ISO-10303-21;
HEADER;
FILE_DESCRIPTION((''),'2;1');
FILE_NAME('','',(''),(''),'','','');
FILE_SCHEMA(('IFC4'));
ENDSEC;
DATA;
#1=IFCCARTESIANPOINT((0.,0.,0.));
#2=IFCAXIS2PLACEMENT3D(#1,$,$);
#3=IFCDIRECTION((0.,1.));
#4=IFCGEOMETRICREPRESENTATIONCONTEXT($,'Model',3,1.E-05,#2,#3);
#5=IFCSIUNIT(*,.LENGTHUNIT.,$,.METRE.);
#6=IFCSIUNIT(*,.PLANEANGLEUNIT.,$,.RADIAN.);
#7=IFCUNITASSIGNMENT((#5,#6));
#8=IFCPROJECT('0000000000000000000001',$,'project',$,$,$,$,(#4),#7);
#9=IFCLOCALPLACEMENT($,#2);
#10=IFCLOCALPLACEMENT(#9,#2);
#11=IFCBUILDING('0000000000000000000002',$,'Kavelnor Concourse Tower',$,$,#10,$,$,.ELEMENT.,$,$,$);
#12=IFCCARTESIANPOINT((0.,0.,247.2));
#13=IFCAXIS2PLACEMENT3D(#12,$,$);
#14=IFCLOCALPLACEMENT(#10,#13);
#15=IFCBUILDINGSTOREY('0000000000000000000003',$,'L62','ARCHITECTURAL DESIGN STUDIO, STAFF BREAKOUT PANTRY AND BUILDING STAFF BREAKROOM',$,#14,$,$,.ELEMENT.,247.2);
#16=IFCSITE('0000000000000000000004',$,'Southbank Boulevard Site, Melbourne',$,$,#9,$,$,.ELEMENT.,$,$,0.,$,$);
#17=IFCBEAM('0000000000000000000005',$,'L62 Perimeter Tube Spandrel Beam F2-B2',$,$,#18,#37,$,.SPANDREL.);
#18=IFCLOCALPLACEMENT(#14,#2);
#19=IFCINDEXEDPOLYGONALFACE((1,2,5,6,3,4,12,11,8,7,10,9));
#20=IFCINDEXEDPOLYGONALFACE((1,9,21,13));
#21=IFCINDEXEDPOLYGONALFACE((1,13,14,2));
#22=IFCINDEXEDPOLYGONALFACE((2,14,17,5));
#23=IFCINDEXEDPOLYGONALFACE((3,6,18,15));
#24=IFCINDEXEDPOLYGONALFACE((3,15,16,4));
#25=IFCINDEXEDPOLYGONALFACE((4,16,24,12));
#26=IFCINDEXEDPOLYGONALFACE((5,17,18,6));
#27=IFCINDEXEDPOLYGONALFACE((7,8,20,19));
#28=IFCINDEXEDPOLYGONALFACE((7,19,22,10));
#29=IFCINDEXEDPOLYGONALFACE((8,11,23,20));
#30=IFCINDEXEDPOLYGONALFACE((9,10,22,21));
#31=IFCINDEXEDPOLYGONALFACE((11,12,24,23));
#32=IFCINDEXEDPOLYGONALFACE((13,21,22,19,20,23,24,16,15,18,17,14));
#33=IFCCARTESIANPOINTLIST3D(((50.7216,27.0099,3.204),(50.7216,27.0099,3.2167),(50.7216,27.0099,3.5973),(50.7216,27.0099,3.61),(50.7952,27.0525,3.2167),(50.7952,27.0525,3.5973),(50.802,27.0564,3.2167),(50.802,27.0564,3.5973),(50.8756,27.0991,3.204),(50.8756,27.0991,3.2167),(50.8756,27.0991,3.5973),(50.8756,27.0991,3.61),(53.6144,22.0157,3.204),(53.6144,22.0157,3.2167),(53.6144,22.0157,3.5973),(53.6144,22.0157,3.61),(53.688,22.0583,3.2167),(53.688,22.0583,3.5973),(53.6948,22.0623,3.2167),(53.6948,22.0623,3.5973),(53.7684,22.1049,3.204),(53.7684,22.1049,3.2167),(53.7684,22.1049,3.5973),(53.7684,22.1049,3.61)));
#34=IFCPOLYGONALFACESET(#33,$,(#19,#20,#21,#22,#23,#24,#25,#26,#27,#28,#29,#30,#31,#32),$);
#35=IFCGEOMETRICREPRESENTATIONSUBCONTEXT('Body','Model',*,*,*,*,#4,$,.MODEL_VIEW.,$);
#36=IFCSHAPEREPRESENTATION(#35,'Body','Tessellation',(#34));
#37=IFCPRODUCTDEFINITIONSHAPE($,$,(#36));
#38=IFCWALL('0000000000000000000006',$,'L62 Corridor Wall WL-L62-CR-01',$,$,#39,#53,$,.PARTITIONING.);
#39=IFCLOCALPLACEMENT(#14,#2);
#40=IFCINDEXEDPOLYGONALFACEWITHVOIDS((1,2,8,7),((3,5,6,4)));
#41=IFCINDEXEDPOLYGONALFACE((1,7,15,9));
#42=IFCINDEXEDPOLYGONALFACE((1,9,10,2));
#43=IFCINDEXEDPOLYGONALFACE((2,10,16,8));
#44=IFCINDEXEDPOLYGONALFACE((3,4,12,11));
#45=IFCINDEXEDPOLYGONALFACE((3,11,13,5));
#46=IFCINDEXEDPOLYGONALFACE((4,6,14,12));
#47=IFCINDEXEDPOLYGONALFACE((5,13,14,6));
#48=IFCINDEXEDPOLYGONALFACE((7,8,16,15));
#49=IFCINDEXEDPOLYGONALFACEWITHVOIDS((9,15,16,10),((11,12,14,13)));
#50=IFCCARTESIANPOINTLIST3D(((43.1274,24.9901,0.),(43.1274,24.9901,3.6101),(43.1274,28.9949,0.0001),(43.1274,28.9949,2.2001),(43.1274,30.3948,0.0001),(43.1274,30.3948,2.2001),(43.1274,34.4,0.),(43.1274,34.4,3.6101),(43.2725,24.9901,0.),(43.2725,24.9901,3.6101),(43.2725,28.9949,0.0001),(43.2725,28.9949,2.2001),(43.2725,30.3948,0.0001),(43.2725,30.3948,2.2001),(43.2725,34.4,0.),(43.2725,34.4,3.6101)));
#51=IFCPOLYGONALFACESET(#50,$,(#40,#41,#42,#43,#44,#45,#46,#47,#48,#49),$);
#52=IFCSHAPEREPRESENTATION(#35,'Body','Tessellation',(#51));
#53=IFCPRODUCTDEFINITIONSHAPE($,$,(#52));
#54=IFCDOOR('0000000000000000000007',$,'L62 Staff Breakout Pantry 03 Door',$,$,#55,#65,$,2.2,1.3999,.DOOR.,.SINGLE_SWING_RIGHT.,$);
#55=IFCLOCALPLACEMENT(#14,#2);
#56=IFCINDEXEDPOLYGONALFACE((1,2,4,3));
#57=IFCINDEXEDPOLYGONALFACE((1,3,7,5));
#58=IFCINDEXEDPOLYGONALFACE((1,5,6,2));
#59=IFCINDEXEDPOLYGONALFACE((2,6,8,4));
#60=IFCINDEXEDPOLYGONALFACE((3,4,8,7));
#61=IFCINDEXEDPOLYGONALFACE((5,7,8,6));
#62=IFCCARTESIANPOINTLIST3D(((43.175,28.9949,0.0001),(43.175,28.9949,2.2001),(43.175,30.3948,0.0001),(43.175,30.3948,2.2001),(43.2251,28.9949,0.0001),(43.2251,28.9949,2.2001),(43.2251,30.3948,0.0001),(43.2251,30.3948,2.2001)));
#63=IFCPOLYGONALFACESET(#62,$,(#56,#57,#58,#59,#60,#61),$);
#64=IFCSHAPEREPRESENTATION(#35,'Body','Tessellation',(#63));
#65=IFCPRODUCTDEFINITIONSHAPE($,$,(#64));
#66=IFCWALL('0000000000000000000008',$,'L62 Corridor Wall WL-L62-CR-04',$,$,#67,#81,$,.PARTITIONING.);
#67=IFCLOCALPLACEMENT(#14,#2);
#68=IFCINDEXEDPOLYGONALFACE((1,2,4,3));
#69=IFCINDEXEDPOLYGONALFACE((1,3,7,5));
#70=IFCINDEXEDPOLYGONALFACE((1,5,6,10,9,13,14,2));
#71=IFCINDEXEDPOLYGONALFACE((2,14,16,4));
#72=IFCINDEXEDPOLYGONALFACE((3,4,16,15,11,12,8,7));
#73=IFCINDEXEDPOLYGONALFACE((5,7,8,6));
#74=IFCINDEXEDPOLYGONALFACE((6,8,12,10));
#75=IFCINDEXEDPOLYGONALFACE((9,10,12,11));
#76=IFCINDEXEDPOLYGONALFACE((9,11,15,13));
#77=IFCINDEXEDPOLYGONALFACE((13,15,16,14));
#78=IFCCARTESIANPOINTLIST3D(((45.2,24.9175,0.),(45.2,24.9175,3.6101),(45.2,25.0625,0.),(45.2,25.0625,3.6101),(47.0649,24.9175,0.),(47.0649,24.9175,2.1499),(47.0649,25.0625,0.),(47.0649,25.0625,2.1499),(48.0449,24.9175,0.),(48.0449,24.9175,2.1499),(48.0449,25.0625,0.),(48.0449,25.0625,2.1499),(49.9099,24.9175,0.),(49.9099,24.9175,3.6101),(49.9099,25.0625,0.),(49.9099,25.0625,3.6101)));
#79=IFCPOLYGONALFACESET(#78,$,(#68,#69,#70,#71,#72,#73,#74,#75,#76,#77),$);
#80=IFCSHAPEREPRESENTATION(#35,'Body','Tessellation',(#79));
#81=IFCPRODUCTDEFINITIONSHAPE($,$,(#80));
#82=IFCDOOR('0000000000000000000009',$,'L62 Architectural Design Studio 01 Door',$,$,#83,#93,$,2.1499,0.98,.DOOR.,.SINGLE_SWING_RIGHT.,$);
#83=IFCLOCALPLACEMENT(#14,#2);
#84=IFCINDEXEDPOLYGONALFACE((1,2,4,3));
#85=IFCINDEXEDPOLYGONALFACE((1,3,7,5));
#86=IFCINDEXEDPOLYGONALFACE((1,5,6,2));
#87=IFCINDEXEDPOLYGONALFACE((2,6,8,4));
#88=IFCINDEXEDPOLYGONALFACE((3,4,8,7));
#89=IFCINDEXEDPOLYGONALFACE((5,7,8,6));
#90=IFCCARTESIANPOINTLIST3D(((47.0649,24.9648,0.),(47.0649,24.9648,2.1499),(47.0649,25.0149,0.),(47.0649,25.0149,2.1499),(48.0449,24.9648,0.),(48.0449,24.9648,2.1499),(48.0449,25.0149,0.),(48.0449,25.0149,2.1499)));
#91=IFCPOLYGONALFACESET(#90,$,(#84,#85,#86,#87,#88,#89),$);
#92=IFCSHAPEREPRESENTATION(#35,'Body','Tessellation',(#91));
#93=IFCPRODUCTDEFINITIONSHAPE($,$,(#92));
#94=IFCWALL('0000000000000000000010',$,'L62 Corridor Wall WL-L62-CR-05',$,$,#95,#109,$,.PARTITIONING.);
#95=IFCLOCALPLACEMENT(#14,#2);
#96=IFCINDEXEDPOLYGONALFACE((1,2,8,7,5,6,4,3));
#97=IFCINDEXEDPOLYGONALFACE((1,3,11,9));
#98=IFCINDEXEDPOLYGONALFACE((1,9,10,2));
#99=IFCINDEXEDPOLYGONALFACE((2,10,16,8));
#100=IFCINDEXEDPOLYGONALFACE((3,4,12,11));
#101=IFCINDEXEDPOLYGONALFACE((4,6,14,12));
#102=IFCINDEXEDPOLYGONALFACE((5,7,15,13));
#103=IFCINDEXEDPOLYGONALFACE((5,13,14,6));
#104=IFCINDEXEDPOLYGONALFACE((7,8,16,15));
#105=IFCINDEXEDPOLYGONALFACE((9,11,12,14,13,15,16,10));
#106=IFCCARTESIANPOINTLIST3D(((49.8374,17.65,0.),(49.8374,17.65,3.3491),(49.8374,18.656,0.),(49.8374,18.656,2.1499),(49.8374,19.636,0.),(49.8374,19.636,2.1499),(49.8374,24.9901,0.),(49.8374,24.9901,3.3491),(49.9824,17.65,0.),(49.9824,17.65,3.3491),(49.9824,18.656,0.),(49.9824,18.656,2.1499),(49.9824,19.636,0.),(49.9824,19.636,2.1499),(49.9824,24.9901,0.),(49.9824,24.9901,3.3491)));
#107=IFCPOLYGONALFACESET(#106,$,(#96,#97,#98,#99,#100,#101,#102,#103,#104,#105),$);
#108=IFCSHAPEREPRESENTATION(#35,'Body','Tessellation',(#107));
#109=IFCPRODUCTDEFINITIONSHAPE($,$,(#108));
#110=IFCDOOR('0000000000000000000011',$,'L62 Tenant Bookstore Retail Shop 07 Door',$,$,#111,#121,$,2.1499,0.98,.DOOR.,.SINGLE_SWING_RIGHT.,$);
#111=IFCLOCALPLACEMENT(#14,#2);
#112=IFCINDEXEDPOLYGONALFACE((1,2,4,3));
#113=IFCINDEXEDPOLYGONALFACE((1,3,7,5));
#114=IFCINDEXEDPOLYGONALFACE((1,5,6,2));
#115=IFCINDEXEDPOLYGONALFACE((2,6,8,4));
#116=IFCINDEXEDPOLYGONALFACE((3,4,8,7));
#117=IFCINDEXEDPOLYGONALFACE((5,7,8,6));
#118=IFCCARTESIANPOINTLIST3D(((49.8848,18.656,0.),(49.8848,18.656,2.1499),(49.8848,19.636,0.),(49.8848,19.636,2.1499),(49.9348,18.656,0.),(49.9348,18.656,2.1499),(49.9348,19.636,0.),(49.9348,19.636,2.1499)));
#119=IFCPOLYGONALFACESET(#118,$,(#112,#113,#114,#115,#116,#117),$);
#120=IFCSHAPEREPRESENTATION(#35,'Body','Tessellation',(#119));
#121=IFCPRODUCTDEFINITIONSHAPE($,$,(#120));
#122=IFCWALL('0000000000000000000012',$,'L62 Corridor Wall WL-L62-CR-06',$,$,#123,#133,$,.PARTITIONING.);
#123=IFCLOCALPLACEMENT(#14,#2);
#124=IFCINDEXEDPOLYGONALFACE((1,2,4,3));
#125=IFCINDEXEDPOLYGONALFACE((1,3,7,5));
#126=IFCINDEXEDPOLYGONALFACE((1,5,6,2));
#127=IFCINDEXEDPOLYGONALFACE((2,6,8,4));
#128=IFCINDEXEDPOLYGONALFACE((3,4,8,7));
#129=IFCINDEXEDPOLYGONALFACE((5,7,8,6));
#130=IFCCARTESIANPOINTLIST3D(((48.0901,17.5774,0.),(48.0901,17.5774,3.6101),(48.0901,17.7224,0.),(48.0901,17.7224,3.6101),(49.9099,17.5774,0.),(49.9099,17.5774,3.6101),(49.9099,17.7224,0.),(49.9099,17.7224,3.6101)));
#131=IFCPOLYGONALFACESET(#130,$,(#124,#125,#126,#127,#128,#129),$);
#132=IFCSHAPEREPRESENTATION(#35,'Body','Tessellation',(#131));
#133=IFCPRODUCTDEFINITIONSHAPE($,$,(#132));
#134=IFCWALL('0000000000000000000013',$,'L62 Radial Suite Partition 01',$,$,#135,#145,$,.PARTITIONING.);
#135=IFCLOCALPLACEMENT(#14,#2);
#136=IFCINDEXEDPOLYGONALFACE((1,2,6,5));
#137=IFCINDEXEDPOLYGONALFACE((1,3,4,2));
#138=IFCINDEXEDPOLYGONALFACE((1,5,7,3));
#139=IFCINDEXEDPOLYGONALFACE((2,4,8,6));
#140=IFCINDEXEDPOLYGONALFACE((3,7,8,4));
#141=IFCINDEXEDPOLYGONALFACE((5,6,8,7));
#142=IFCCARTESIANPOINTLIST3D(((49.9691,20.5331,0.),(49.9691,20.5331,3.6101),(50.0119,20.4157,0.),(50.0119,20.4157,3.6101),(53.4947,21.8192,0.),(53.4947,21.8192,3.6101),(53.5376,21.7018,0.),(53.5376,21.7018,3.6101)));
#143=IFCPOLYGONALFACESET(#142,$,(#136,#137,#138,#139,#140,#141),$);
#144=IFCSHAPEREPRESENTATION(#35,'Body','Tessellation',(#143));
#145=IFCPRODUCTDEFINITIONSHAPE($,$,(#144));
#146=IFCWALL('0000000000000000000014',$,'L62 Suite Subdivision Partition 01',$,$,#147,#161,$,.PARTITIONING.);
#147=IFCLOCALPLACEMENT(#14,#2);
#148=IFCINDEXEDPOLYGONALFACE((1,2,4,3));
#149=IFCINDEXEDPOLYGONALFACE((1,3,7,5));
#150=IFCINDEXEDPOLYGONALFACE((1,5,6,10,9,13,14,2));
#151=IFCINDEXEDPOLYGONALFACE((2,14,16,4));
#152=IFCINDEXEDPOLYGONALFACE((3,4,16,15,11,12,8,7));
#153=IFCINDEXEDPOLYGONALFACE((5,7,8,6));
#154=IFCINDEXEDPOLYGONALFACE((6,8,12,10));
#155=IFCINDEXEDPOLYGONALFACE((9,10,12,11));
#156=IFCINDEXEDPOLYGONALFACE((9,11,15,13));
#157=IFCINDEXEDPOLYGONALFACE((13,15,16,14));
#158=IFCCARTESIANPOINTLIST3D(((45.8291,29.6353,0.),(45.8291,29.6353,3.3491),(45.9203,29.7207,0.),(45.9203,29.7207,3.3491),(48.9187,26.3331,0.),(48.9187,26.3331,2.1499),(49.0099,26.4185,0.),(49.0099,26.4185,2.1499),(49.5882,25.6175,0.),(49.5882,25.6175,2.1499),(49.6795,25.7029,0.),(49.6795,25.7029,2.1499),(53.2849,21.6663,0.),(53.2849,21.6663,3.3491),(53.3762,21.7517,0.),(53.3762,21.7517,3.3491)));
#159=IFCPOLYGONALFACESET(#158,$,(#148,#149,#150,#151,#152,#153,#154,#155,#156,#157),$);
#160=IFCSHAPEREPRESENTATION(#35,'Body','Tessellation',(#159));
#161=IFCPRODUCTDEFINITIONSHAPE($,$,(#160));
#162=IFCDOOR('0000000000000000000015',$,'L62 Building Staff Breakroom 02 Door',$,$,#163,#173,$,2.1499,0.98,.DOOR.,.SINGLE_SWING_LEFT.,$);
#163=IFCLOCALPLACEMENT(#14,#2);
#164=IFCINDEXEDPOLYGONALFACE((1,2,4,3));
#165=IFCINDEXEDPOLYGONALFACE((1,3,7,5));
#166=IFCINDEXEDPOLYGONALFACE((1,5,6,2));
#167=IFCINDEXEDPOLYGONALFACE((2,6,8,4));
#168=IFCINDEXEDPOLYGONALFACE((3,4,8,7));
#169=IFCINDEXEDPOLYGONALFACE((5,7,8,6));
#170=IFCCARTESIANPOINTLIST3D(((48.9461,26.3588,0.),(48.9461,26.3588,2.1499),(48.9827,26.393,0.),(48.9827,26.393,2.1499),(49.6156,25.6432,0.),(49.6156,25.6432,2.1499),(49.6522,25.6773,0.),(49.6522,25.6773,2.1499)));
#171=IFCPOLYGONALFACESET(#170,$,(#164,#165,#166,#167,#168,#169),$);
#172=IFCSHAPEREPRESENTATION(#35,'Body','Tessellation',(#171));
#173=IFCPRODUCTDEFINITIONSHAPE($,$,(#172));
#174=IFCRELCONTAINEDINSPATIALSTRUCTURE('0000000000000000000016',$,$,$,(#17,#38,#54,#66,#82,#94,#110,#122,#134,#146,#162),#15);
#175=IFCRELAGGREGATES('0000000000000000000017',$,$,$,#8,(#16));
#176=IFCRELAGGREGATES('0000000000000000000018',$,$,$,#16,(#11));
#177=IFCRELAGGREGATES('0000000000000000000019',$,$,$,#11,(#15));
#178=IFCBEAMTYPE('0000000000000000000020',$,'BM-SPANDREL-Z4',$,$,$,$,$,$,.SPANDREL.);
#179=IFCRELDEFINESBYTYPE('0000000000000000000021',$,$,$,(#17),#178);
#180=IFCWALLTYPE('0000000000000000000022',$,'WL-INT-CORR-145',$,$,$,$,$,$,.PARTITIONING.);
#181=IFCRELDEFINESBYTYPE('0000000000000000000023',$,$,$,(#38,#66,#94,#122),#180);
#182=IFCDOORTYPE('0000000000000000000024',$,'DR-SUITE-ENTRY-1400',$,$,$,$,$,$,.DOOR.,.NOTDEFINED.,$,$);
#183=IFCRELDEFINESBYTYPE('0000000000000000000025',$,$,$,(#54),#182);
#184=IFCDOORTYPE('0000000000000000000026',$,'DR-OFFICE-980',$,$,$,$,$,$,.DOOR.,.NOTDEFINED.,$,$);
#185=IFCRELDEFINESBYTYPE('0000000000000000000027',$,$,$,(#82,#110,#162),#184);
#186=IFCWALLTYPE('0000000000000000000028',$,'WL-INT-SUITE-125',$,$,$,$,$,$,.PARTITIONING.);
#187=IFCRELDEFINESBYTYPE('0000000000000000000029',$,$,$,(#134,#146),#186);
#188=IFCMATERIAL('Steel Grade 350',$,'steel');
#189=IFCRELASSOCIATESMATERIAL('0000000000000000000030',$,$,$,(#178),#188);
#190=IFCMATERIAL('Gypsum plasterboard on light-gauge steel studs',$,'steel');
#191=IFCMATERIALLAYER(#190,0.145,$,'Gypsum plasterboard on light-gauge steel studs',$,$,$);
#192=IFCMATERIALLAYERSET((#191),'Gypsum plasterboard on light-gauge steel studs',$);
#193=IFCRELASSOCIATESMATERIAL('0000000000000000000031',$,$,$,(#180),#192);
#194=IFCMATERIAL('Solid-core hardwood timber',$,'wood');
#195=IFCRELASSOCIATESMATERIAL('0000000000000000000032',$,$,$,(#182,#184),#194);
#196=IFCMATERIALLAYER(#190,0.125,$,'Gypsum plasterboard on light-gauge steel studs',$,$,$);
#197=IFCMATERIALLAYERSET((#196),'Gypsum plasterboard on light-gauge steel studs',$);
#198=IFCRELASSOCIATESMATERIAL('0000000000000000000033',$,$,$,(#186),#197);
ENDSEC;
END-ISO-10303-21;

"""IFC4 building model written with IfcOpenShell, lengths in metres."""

from ifc_helpers import new_model, si_unit, direction, frame, frame_2d, origin, origin_2d, place, context, subcontext, project, spatial, rectangle, i_section, extrude, material, layer, layer_set, material_profile, profile_set, type_object, element, fill, save


model = new_model("IFC4")

# Units and contexts
model_context = context("Model", 3, precision=1e-05, world=origin(), true_north=direction((0.0, 1.0)))
body_context = subcontext(model_context, "Body", "Model", "MODEL_VIEW")
ifc_project = project(units=[si_unit("LENGTHUNIT", "METRE"), si_unit("PLANEANGLEUNIT", "RADIAN")], contexts=[model_context])

# Site, building, storey
site_placement = place(None, origin())
site = spatial("IfcSite", under=ifc_project, at=site_placement, Name="Southbank Boulevard Site, Melbourne", CompositionType="ELEMENT", RefElevation=0.0)
building_placement = place(site_placement, origin())
building = spatial("IfcBuilding", under=site, at=building_placement, Name="Kavelnor Concourse Tower", CompositionType="ELEMENT")
storey_placement = place(building_placement, frame((0.0, 0.0, 247.2)))
storey = spatial("IfcBuildingStorey", under=building, at=storey_placement, Name="L62", Description="ARCHITECTURAL DESIGN STUDIO, STAFF BREAKOUT PANTRY AND BUILDING STAFF BREAKROOM", CompositionType="ELEMENT", Elevation=247.2)

# Shared definitions
ifc_material_1 = material(Name="Steel Grade 350", Category="steel")

# Beam
ifc_material_profile_1 = material_profile(ifc_material_1, i_section(OverallWidth=0.178, OverallDepth=0.406, WebThickness=0.0078, FlangeThickness=0.0127, at=origin_2d()), Name="410UB59")
ifc_profile_set_1 = profile_set([ifc_material_profile_1], Name="Steel Grade 350")
beam_type_1 = type_object("IfcBeamType", Name="BM-SPANDREL-Z4", PredefinedType="SPANDREL", material=ifc_profile_set_1)
beam_1_placement = place(storey_placement, frame((53.6914, 22.0603, 3.407), z_axis=(-0.501228, 0.865315, 0.0), x_axis=(-0.865315, -0.501228, 0.0)))
element("IfcBeam", 1, at=beam_1_placement, inside=storey, type_object=beam_type_1, Name="L62 Perimeter Tube Spandrel Beam F2-B2", PredefinedType="SPANDREL", context=body_context, shape_type="SweptSolid", body=[
    extrude(i_section(OverallWidth=0.178, OverallDepth=0.406, WebThickness=0.0078, FlangeThickness=0.0127, at=origin_2d()), origin(), (0.0, 0.0, 1.0), 5.7715),
])

# Walls, openings, doors
ifc_material_2 = material(Name="Gypsum plasterboard on light-gauge steel studs", Category="steel")
ifc_layer_1 = layer(ifc_material_2, 0.145, Name="Gypsum plasterboard on light-gauge steel studs")
ifc_layer_set_1 = layer_set([ifc_layer_1], Name="Gypsum plasterboard on light-gauge steel studs")
wall_type_1 = type_object("IfcWallType", Name="WL-INT-CORR-145", PredefinedType="PARTITIONING", material=ifc_layer_set_1)
wall_1_placement = place(storey_placement, frame((43.2, 24.99, 0.0), z_axis=(0.0, 0.0, 1.0), x_axis=(0.0, 1.0, 0.0)))
wall_1 = element("IfcWall", 2, at=wall_1_placement, inside=storey, type_object=wall_type_1, Name="L62 Corridor Wall WL-L62-CR-01", PredefinedType="PARTITIONING", context=body_context, shape_type="SweptSolid", body=[
    extrude(rectangle(XDim=9.4099, YDim=0.145, at=frame_2d((4.7051, 0.0))), origin(), (0.0, 0.0, 1.0), 3.6101),
])
opening_1_placement = place(wall_1_placement, frame((4.0049, 0.0, 0.0)))
opening_1 = element("IfcOpeningElement", 3, at=opening_1_placement, cuts=wall_1, PredefinedType="OPENING", context=body_context, shape_type="SweptSolid", body=[
    extrude(rectangle(XDim=1.3999, YDim=2.2, at=frame_2d((0.7, 1.1001))), frame((0.0, 0.0825, 0.0), z_axis=(0.0, -1.0, 0.0), x_axis=(1.0, 0.0, 0.0)), (0.0, 0.0, 1.0), 0.165),
])
ifc_material_3 = material(Name="Solid-core hardwood timber", Category="wood")
door_type_1 = type_object("IfcDoorType", Name="DR-SUITE-ENTRY-1400", OperationType="NOTDEFINED", PredefinedType="DOOR", material=ifc_material_3)
door_1_placement = place(opening_1_placement, origin())
door_1 = element("IfcDoor", 4, at=door_1_placement, inside=storey, type_object=door_type_1, Name="L62 Staff Breakout Pantry 03 Door", OperationType="SINGLE_SWING_RIGHT", OverallHeight=2.2, OverallWidth=1.3999, PredefinedType="DOOR", context=body_context, shape_type="SweptSolid", body=[
    extrude(rectangle(XDim=1.3999, YDim=2.2, at=frame_2d((0.7, 1.1001))), frame((0.0, 0.0249, 0.0), z_axis=(0.0, -1.0, 0.0), x_axis=(1.0, 0.0, 0.0)), (0.0, 0.0, 1.0), 0.05),
])
fill(opening_1, door_1)
wall_2_placement = place(storey_placement, frame((45.2, 24.99, 0.0), z_axis=(0.0, 0.0, 1.0), x_axis=(1.0, 0.0, 0.0)))
wall_2 = element("IfcWall", 5, at=wall_2_placement, inside=storey, type_object=wall_type_1, Name="L62 Corridor Wall WL-L62-CR-04", PredefinedType="PARTITIONING", context=body_context, shape_type="SweptSolid", body=[
    extrude(rectangle(XDim=4.71, YDim=0.145, at=frame_2d((2.355, 0.0))), origin(), (0.0, 0.0, 1.0), 3.6101),
])
opening_2_placement = place(wall_2_placement, frame((1.865, 0.0, 0.0)))
opening_2 = element("IfcOpeningElement", 6, at=opening_2_placement, cuts=wall_2, PredefinedType="OPENING", context=body_context, shape_type="SweptSolid", body=[
    extrude(rectangle(XDim=0.98, YDim=2.1499, at=frame_2d((0.49, 1.075))), frame((0.0, 0.0825, 0.0), z_axis=(0.0, -1.0, 0.0), x_axis=(1.0, 0.0, 0.0)), (0.0, 0.0, 1.0), 0.165),
])
door_type_2 = type_object("IfcDoorType", Name="DR-OFFICE-980", OperationType="NOTDEFINED", PredefinedType="DOOR", material=ifc_material_3)
door_2_placement = place(opening_2_placement, origin())
door_2 = element("IfcDoor", 7, at=door_2_placement, inside=storey, type_object=door_type_2, Name="L62 Architectural Design Studio 01 Door", OperationType="SINGLE_SWING_RIGHT", OverallHeight=2.1499, OverallWidth=0.98, PredefinedType="DOOR", context=body_context, shape_type="SweptSolid", body=[
    extrude(rectangle(XDim=0.98, YDim=2.1499, at=frame_2d((0.49, 1.075))), frame((0.0, 0.0249, 0.0), z_axis=(0.0, -1.0, 0.0), x_axis=(1.0, 0.0, 0.0)), (0.0, 0.0, 1.0), 0.05),
])
fill(opening_2, door_2)
wall_3_placement = place(storey_placement, frame((49.9099, 24.99, 0.0), z_axis=(0.0, 0.0, 1.0), x_axis=(0.0, -1.0, 0.0)))
wall_3 = element("IfcWall", 8, at=wall_3_placement, inside=storey, type_object=wall_type_1, Name="L62 Corridor Wall WL-L62-CR-05", PredefinedType="PARTITIONING", context=body_context, shape_type="SweptSolid", body=[
    extrude(rectangle(XDim=7.3401, YDim=0.145, at=frame_2d((3.6699, 0.0))), origin(), (0.0, 0.0, 1.0), 3.3491),
])
opening_3_placement = place(wall_3_placement, frame((5.354, 0.0, 0.0)))
opening_3 = element("IfcOpeningElement", 9, at=opening_3_placement, cuts=wall_3, PredefinedType="OPENING", context=body_context, shape_type="SweptSolid", body=[
    extrude(rectangle(XDim=0.98, YDim=2.1499, at=frame_2d((0.49, 1.075))), frame((0.0, 0.0825, 0.0), z_axis=(0.0, -1.0, 0.0), x_axis=(1.0, 0.0, 0.0)), (0.0, 0.0, 1.0), 0.165),
])
door_3_placement = place(opening_3_placement, origin())
door_3 = element("IfcDoor", 10, at=door_3_placement, inside=storey, type_object=door_type_2, Name="L62 Tenant Bookstore Retail Shop 07 Door", OperationType="SINGLE_SWING_RIGHT", OverallHeight=2.1499, OverallWidth=0.98, PredefinedType="DOOR", context=body_context, shape_type="SweptSolid", body=[
    extrude(rectangle(XDim=0.98, YDim=2.1499, at=frame_2d((0.49, 1.075))), frame((0.0, 0.0249, 0.0), z_axis=(0.0, -1.0, 0.0), x_axis=(1.0, 0.0, 0.0)), (0.0, 0.0, 1.0), 0.05),
])
fill(opening_3, door_3)

# Walls
wall_4_placement = place(storey_placement, frame((49.9099, 17.6499, 0.0), z_axis=(0.0, 0.0, 1.0), x_axis=(-1.0, 0.0, 0.0)))
element("IfcWall", 11, at=wall_4_placement, inside=storey, type_object=wall_type_1, Name="L62 Corridor Wall WL-L62-CR-06", PredefinedType="PARTITIONING", context=body_context, shape_type="SweptSolid", body=[
    extrude(rectangle(XDim=1.8198, YDim=0.145, at=frame_2d((0.9099, 0.0))), origin(), (0.0, 0.0, 1.0), 3.6101),
])
ifc_layer_2 = layer(ifc_material_2, 0.125, Name="Gypsum plasterboard on light-gauge steel studs")
ifc_layer_set_2 = layer_set([ifc_layer_2], Name="Gypsum plasterboard on light-gauge steel studs")
wall_type_2 = type_object("IfcWallType", Name="WL-INT-SUITE-125", PredefinedType="PARTITIONING", material=ifc_layer_set_2)
wall_5_placement = place(storey_placement, frame((49.9905, 20.4744, 0.0), z_axis=(0.0, 0.0, 1.0), x_axis=(0.939443, 0.342704, 0.0)))
element("IfcWall", 12, at=wall_5_placement, inside=storey, type_object=wall_type_2, Name="L62 Radial Suite Partition 01", PredefinedType="PARTITIONING", context=body_context, shape_type="SweptSolid", body=[
    extrude(rectangle(XDim=3.7529, YDim=0.125, at=frame_2d((1.8765, 0.0))), origin(), (0.0, 0.0, 1.0), 3.6101),
])

# Wall, opening, door
wall_6_placement = place(storey_placement, frame((53.3306, 21.709, 0.0), z_axis=(0.0, 0.0, 1.0), x_axis=(-0.683203, 0.730228, 0.0)))
wall_6 = element("IfcWall", 13, at=wall_6_placement, inside=storey, type_object=wall_type_2, Name="L62 Suite Subdivision Partition 01", PredefinedType="PARTITIONING", context=body_context, shape_type="SweptSolid", body=[
    extrude(rectangle(XDim=10.9131, YDim=0.125, at=frame_2d((5.4565, 0.0))), origin(), (0.0, 0.0, 1.0), 3.3491),
])
opening_4_placement = place(wall_6_placement, frame((5.4109, 0.0, 0.0)))
opening_4 = element("IfcOpeningElement", 14, at=opening_4_placement, cuts=wall_6, PredefinedType="OPENING", context=body_context, shape_type="SweptSolid", body=[
    extrude(rectangle(XDim=0.98, YDim=2.1499, at=frame_2d((0.49, 1.075))), frame((0.0, 0.0725, 0.0), z_axis=(0.0, -1.0, 0.0), x_axis=(1.0, 0.0, 0.0)), (0.0, 0.0, 1.0), 0.145),
])
door_4_placement = place(opening_4_placement, origin())
door_4 = element("IfcDoor", 15, at=door_4_placement, inside=storey, type_object=door_type_2, Name="L62 Building Staff Breakroom 02 Door", OperationType="SINGLE_SWING_LEFT", OverallHeight=2.1499, OverallWidth=0.98, PredefinedType="DOOR", context=body_context, shape_type="SweptSolid", body=[
    extrude(rectangle(XDim=0.98, YDim=2.1499, at=frame_2d((0.49, 1.075))), frame((0.0, 0.0249, 0.0), z_axis=(0.0, -1.0, 0.0), x_axis=(1.0, 0.0, 0.0)), (0.0, 0.0, 1.0), 0.05),
])
fill(opening_4, door_4)

save(model, "model.ifc")
